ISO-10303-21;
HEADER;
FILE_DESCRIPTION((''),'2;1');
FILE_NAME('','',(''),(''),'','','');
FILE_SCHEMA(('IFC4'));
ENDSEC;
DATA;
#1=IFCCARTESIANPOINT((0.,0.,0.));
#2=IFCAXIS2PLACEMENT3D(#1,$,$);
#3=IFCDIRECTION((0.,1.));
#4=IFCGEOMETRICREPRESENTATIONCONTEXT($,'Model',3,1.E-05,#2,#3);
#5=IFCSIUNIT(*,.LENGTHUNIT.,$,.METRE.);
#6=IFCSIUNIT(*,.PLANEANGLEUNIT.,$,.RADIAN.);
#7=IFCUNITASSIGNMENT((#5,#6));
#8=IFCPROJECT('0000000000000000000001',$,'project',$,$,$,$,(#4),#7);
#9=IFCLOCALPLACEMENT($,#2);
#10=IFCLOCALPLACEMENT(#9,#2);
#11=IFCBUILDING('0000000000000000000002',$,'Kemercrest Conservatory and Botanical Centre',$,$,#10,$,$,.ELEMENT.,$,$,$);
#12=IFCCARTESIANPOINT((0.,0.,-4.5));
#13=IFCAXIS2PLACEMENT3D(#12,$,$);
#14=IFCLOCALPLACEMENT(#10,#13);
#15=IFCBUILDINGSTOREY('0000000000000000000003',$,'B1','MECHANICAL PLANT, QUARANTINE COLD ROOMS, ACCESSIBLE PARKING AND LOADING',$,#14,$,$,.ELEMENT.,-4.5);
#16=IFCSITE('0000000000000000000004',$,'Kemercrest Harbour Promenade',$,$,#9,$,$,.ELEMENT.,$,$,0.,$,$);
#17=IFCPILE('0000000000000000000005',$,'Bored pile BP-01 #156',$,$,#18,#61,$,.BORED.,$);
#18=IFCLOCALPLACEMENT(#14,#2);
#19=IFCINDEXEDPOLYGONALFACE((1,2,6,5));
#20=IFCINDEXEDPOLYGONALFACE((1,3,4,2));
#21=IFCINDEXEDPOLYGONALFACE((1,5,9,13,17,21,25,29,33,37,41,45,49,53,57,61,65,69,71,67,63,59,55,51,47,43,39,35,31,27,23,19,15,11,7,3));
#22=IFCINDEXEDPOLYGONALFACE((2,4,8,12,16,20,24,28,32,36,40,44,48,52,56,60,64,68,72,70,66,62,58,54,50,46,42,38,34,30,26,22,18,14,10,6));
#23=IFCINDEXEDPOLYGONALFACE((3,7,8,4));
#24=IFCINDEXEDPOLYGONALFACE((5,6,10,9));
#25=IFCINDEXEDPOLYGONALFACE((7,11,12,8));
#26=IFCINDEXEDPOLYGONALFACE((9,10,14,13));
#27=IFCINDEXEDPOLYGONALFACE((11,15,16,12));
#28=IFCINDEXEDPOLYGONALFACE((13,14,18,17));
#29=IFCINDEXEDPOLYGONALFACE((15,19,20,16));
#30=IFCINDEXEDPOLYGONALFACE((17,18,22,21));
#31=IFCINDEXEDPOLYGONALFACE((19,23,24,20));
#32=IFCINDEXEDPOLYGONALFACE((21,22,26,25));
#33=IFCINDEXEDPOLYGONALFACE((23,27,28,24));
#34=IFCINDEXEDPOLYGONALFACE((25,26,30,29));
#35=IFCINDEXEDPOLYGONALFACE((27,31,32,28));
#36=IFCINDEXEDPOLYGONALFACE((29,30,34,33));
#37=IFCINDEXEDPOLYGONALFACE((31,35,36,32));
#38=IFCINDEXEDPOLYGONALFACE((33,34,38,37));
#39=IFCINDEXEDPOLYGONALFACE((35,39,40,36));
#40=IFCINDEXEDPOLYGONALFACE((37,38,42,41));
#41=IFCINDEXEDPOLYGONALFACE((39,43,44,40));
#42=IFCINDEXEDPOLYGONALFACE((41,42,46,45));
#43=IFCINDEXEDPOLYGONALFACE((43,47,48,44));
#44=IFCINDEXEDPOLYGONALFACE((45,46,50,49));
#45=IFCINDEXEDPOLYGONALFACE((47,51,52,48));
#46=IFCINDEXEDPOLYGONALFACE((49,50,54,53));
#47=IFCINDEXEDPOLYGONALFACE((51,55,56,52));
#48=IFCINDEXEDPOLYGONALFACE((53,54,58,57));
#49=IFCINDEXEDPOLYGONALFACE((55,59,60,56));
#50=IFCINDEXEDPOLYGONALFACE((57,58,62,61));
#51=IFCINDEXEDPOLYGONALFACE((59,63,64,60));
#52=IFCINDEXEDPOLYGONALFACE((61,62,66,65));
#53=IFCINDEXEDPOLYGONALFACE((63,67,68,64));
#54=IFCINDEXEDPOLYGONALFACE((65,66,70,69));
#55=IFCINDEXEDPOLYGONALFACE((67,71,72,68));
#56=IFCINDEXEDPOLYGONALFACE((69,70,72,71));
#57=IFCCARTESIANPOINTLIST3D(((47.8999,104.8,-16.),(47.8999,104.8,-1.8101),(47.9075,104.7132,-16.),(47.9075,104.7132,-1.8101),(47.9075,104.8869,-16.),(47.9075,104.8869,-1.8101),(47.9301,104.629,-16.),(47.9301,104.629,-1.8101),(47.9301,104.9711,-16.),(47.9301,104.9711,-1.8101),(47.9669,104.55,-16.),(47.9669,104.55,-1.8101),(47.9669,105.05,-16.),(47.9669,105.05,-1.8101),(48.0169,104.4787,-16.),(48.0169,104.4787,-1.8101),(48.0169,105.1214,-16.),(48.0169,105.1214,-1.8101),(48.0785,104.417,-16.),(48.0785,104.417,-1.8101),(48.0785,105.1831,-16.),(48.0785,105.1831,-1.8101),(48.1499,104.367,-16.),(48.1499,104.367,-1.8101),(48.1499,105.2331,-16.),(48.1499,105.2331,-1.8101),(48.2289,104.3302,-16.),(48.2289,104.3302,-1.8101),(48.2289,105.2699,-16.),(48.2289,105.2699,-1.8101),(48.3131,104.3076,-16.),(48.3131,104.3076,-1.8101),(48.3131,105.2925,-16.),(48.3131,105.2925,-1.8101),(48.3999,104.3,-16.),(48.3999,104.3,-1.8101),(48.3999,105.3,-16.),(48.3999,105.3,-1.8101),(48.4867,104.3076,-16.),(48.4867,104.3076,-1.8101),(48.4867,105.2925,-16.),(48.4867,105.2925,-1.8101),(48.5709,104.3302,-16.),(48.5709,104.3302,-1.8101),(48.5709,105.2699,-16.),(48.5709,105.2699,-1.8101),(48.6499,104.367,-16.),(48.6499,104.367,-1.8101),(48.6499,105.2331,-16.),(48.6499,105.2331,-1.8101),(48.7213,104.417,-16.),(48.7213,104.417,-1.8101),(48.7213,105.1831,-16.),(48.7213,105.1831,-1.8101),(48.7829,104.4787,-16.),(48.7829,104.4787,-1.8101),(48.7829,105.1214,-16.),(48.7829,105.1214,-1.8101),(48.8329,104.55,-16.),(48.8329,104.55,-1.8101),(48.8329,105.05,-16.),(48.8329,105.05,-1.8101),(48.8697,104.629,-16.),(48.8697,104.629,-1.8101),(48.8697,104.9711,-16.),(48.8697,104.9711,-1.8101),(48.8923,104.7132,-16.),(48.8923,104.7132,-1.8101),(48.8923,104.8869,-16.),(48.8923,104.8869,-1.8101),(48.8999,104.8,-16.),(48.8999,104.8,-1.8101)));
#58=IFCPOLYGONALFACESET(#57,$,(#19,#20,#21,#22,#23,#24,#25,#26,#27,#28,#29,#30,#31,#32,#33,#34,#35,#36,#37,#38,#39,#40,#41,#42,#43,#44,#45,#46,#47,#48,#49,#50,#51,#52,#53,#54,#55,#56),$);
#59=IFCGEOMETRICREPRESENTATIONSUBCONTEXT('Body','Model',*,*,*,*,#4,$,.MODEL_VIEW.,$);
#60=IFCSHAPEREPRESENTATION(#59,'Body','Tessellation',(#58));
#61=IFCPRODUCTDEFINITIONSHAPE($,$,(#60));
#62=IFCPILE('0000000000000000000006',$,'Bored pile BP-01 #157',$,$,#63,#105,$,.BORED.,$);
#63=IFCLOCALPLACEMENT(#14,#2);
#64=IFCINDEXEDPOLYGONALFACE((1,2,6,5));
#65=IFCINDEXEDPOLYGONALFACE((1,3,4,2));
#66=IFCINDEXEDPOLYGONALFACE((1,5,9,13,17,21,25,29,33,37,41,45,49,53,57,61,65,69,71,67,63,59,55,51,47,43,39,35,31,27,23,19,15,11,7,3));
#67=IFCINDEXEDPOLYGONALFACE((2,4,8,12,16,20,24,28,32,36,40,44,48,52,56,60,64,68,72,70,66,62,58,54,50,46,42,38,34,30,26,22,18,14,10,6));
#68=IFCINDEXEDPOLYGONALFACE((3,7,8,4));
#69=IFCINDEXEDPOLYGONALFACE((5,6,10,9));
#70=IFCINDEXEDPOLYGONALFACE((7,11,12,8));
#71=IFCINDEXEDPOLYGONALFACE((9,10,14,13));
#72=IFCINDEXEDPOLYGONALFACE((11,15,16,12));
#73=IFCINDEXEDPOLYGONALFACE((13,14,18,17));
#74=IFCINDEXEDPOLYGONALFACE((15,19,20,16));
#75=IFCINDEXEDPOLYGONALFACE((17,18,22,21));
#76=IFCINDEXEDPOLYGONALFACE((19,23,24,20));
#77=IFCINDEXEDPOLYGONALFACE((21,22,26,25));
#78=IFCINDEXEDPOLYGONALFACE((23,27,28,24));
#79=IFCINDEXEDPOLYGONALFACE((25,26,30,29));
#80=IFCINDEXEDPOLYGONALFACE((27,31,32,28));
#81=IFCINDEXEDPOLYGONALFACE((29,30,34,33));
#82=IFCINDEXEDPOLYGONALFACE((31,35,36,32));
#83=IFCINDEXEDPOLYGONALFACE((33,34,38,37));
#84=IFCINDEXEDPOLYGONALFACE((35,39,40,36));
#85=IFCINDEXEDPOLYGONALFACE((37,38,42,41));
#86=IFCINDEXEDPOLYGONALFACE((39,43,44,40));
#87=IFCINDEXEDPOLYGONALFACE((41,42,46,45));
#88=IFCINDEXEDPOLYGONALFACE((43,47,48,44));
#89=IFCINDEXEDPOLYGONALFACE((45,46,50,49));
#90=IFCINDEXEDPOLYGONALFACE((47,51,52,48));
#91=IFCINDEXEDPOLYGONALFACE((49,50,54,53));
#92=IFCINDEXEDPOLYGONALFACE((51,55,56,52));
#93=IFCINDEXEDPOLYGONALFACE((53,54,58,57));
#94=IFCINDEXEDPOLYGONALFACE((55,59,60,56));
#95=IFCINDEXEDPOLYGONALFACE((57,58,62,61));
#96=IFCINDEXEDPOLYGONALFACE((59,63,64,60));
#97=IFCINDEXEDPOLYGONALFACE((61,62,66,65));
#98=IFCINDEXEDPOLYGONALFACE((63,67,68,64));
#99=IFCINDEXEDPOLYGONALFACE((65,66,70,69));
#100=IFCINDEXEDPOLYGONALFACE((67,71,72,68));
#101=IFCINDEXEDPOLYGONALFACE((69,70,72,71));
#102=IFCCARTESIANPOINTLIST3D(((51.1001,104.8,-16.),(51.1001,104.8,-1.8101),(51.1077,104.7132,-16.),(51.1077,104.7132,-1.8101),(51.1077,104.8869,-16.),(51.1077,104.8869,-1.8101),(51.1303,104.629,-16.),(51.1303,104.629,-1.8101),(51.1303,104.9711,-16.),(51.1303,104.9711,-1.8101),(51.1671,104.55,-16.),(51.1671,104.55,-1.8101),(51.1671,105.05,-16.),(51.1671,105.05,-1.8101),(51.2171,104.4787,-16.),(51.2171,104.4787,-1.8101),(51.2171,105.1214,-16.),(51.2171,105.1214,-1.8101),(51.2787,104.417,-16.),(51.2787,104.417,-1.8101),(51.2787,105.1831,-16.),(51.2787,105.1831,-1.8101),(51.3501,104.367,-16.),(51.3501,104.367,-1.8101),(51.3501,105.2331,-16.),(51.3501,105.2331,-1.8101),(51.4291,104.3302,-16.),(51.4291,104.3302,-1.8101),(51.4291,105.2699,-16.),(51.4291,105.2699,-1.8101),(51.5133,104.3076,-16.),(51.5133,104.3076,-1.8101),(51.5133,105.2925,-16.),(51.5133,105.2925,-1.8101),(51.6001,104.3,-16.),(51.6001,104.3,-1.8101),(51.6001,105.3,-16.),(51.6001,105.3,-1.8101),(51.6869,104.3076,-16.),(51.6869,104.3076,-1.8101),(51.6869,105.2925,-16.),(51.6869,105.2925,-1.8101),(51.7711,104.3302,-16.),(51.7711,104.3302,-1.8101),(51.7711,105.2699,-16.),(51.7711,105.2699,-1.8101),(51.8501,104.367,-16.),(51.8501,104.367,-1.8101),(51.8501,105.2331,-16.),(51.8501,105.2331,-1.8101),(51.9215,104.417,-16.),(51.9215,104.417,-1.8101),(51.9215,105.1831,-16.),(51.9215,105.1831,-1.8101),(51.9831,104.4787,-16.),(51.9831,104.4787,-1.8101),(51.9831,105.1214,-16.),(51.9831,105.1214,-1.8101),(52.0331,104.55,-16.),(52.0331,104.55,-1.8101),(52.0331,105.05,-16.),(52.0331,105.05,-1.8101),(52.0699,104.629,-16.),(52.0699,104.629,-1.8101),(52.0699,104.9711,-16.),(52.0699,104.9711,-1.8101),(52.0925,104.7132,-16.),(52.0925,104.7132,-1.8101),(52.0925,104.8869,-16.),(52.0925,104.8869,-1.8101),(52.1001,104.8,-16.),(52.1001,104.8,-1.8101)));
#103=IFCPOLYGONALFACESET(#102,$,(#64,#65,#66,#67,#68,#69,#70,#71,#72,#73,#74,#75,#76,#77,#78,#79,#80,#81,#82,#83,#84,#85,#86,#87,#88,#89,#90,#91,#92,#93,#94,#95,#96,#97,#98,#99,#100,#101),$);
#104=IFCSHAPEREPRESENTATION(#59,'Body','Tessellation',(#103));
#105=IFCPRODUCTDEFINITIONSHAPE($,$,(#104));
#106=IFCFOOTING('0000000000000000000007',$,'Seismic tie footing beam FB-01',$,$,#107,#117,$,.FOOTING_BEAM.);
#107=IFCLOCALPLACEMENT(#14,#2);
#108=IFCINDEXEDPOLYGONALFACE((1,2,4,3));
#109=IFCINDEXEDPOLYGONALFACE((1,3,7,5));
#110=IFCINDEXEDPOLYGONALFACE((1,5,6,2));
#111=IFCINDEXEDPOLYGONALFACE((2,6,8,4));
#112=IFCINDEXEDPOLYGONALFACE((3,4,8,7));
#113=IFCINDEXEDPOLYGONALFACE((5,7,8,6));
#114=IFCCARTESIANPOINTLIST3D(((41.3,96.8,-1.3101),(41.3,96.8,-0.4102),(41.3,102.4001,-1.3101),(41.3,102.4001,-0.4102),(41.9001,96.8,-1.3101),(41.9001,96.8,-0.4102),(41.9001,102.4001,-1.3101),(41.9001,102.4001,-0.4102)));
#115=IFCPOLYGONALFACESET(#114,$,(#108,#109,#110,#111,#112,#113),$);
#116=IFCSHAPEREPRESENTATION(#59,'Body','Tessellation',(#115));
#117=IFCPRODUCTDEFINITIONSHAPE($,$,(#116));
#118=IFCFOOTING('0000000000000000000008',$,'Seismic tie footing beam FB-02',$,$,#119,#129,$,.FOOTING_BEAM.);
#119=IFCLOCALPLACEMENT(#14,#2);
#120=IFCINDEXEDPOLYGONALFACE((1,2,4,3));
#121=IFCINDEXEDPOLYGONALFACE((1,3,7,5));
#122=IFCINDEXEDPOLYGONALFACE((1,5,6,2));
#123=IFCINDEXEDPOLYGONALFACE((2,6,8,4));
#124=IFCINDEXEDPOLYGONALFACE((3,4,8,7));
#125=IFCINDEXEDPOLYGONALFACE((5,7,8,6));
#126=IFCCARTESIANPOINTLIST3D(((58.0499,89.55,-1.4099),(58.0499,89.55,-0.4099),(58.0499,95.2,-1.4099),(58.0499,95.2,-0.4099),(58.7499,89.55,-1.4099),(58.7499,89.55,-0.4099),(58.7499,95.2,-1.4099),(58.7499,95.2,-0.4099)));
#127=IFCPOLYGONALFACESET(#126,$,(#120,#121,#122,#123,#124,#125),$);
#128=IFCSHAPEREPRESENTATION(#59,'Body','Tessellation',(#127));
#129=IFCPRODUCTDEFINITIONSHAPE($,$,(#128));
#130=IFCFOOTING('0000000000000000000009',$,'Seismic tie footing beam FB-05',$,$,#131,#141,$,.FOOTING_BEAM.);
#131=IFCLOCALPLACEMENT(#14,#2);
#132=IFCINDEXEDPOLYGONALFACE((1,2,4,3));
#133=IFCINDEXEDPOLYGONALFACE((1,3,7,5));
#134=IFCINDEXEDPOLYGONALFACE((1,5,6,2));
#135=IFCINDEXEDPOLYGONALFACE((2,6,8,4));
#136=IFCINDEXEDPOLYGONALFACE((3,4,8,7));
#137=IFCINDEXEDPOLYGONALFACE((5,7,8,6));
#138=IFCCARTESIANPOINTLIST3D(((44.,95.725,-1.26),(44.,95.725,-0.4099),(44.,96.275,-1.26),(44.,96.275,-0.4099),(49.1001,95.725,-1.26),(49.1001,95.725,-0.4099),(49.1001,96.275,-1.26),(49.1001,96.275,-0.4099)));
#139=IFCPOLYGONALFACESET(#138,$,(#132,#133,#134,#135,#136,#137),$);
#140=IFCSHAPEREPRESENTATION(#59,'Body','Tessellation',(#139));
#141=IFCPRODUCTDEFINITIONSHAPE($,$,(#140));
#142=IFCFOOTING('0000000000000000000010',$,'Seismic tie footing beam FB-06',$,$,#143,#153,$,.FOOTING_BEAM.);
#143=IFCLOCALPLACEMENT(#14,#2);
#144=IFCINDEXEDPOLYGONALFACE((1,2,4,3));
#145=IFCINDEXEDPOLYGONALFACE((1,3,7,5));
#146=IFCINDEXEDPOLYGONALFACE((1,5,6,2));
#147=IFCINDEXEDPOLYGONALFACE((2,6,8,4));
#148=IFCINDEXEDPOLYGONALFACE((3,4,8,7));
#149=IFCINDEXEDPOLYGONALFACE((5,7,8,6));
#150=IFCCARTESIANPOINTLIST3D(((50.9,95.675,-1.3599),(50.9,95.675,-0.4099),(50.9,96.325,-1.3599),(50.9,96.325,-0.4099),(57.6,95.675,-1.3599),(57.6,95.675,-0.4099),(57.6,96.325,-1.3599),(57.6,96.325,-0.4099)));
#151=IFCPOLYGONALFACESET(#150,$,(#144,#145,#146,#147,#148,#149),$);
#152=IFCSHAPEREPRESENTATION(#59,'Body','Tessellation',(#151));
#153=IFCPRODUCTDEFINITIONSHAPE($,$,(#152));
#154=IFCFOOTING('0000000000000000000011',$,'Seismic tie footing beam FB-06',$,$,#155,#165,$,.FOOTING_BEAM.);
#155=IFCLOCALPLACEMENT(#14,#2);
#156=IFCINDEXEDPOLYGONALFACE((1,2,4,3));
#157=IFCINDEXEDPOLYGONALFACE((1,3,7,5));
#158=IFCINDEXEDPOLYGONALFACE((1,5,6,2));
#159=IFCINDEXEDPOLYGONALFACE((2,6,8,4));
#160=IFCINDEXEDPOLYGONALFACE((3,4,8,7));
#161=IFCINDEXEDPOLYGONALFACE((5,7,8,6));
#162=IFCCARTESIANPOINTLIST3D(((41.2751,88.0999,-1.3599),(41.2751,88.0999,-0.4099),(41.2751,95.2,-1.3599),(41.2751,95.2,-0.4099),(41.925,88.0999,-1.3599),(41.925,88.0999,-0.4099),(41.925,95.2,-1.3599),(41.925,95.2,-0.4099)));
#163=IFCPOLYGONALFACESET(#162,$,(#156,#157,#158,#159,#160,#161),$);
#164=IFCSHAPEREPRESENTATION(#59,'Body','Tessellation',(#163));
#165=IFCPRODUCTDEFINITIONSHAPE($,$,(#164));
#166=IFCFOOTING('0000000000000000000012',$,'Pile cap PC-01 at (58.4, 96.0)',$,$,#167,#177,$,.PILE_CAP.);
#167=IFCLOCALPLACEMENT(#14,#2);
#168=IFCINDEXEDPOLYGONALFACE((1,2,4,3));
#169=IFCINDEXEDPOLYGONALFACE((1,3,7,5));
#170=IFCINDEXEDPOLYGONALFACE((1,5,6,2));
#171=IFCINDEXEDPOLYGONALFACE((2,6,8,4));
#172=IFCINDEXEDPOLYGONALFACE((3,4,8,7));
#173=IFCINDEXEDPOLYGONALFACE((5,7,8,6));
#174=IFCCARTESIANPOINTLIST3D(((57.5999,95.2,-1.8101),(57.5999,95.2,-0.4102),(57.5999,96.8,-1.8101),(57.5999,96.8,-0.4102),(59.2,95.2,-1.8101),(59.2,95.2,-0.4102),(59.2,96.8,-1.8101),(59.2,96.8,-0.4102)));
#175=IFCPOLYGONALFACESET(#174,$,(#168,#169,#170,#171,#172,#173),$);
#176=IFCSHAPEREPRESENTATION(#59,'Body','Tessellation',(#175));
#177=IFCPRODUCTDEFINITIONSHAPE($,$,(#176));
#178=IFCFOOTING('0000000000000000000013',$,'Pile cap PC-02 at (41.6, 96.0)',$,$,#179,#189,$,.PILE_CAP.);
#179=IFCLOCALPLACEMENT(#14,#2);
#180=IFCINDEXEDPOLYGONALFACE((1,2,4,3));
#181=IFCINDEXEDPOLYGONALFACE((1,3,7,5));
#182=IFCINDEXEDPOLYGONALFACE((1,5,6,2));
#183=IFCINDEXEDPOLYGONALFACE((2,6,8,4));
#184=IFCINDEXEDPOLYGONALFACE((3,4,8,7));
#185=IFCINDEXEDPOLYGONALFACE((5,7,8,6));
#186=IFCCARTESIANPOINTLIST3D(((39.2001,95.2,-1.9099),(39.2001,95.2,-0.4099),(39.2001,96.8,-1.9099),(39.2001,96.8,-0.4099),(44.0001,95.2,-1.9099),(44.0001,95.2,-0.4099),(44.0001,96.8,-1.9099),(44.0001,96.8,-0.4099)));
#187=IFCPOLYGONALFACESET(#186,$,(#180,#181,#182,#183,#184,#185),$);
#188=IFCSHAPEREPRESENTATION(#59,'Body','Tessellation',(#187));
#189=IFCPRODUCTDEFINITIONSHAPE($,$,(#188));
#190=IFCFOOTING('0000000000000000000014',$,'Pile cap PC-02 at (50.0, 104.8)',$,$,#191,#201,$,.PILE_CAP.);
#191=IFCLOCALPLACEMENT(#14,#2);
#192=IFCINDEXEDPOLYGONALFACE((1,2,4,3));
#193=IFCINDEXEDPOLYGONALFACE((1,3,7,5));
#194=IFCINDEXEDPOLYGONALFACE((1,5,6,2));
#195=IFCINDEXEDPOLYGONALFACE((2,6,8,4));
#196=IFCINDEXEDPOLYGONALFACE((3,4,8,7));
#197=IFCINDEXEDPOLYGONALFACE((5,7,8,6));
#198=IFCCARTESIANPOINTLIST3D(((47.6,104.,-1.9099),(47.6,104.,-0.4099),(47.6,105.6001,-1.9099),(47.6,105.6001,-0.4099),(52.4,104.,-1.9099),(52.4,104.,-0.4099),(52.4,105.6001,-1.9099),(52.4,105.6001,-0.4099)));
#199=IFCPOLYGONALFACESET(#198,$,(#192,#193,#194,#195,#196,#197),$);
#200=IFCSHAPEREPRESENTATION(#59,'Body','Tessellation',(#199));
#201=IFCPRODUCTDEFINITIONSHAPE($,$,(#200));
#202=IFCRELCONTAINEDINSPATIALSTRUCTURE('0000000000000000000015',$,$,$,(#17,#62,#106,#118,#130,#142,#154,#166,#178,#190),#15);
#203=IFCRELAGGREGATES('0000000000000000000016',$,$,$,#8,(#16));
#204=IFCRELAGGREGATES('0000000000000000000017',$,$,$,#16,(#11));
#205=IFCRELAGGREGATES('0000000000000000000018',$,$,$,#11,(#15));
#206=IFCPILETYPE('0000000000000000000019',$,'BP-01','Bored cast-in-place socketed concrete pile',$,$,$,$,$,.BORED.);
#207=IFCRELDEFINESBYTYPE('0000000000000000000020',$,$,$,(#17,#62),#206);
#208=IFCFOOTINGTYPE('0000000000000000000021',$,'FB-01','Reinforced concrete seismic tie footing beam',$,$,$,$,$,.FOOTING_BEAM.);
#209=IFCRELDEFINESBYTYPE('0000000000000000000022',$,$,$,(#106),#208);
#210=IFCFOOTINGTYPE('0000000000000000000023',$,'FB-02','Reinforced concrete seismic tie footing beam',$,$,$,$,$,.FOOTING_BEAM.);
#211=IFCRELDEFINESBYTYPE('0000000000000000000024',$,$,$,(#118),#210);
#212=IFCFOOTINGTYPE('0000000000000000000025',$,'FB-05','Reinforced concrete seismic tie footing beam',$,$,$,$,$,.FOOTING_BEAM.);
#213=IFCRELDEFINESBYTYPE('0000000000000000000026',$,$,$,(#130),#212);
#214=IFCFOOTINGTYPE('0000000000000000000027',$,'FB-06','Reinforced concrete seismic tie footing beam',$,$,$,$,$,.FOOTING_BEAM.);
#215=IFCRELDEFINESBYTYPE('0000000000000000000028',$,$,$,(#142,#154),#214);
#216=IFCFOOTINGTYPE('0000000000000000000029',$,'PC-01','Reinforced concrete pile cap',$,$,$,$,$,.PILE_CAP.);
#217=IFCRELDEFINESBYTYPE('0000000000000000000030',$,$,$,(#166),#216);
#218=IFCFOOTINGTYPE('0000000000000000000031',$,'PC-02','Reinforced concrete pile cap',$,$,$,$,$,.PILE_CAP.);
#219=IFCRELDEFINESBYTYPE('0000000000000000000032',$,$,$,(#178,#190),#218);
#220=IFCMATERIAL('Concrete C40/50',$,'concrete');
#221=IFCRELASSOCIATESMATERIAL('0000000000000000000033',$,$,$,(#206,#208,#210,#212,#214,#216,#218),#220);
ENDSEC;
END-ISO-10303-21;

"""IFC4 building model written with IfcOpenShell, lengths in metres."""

from ifc_helpers import new_model, si_unit, direction, frame, origin, origin_2d, place, context, subcontext, project, spatial, rectangle, circle, extrude, material, material_profile, profile_set, type_object, element, save


model = new_model("IFC4")

# Units and contexts
model_context = context("Model", 3, precision=1e-05, world=origin(), true_north=direction((0.0, 1.0)))
body_context = subcontext(model_context, "Body", "Model", "MODEL_VIEW")
ifc_project = project(units=[si_unit("LENGTHUNIT", "METRE"), si_unit("PLANEANGLEUNIT", "RADIAN")], contexts=[model_context])

# Site, building, storey
site_placement = place(None, origin())
site = spatial("IfcSite", under=ifc_project, at=site_placement, Name="Kemercrest Harbour Promenade", CompositionType="ELEMENT", RefElevation=0.0)
building_placement = place(site_placement, origin())
building = spatial("IfcBuilding", under=site, at=building_placement, Name="Kemercrest Conservatory and Botanical Centre", CompositionType="ELEMENT")
storey_placement = place(building_placement, frame((0.0, 0.0, -4.5)))
storey = spatial("IfcBuildingStorey", under=building, at=storey_placement, Name="B1", Description="MECHANICAL PLANT, QUARANTINE COLD ROOMS, ACCESSIBLE PARKING AND LOADING", CompositionType="ELEMENT", Elevation=-4.5)

# Piles
ifc_material_1 = material(Name="Concrete C40/50", Category="concrete")
ifc_material_profile_1 = material_profile(ifc_material_1, circle(Radius=0.5, at=origin_2d()), Name="BORED PILE 1000")
ifc_profile_set_1 = profile_set([ifc_material_profile_1], Name="Concrete C40/50")
pile_type = type_object("IfcPileType", Name="BP-01", Description="Bored cast-in-place socketed concrete pile", PredefinedType="BORED", material=ifc_profile_set_1)
for number, where, z_axis, x_axis, name in (
    (1, (48.3999, 104.8, -1.8101), (0.0, 0.0, -1.0), (1.0, 0.0, 0.0), "Bored pile BP-01 #156"),
    (2, (51.6001, 104.8, -1.8101), (0.0, 0.0, -1.0), (1.0, 0.0, 0.0), "Bored pile BP-01 #157"),
):
    element("IfcPile", number, at=place(storey_placement, frame(where, z_axis=z_axis, x_axis=x_axis)), inside=storey, type_object=pile_type, Name=name, PredefinedType="BORED", context=body_context, shape_type="SweptSolid", body=[
        extrude(circle(Radius=0.5, at=origin_2d()), origin(), (0.0, 0.0, 1.0), 14.1899),
    ])

# Footings
footing_type_1 = type_object("IfcFootingType", Name="FB-01", Description="Reinforced concrete seismic tie footing beam", PredefinedType="FOOTING_BEAM", material=ifc_material_1)
footing_1_placement = place(storey_placement, frame((41.6001, 99.6001, -1.3101), z_axis=(0.0, 0.0, 1.0), x_axis=(1.0, 0.0, 0.0)))
element("IfcFooting", 3, at=footing_1_placement, inside=storey, type_object=footing_type_1, Name="Seismic tie footing beam FB-01", PredefinedType="FOOTING_BEAM", context=body_context, shape_type="SweptSolid", body=[
    extrude(rectangle(XDim=0.6001, YDim=5.6001, at=origin_2d()), origin(), (0.0, 0.0, 1.0), 0.8999),
])
footing_type_2 = type_object("IfcFootingType", Name="FB-02", Description="Reinforced concrete seismic tie footing beam", PredefinedType="FOOTING_BEAM", material=ifc_material_1)
footing_2_placement = place(storey_placement, frame((58.3999, 92.375, -1.4099), z_axis=(0.0, 0.0, 1.0), x_axis=(1.0, 0.0, 0.0)))
element("IfcFooting", 4, at=footing_2_placement, inside=storey, type_object=footing_type_2, Name="Seismic tie footing beam FB-02", PredefinedType="FOOTING_BEAM", context=body_context, shape_type="SweptSolid", body=[
    extrude(rectangle(XDim=0.7, YDim=5.6499, at=origin_2d()), origin(), (0.0, 0.0, 1.0), 1.0),
])
footing_type_3 = type_object("IfcFootingType", Name="FB-05", Description="Reinforced concrete seismic tie footing beam", PredefinedType="FOOTING_BEAM", material=ifc_material_1)
footing_3_placement = place(storey_placement, frame((46.55, 96.0, -1.26), z_axis=(0.0, 0.0, 1.0), x_axis=(1.0, 0.0, 0.0)))
element("IfcFooting", 5, at=footing_3_placement, inside=storey, type_object=footing_type_3, Name="Seismic tie footing beam FB-05", PredefinedType="FOOTING_BEAM", context=body_context, shape_type="SweptSolid", body=[
    extrude(rectangle(XDim=5.1001, YDim=0.55, at=origin_2d()), origin(), (0.0, 0.0, 1.0), 0.8501),
])
footing_type_4 = type_object("IfcFootingType", Name="FB-06", Description="Reinforced concrete seismic tie footing beam", PredefinedType="FOOTING_BEAM", material=ifc_material_1)
footing_4_placement = place(storey_placement, frame((54.25, 96.0, -1.3599), z_axis=(0.0, 0.0, 1.0), x_axis=(1.0, 0.0, 0.0)))
element("IfcFooting", 6, at=footing_4_placement, inside=storey, type_object=footing_type_4, Name="Seismic tie footing beam FB-06", PredefinedType="FOOTING_BEAM", context=body_context, shape_type="SweptSolid", body=[
    extrude(rectangle(XDim=6.7, YDim=0.6499, at=origin_2d()), origin(), (0.0, 0.0, 1.0), 0.95),
])
footing_5_placement = place(storey_placement, frame((41.6001, 91.6499, -1.3599), z_axis=(0.0, 0.0, 1.0), x_axis=(1.0, 0.0, 0.0)))
element("IfcFooting", 7, at=footing_5_placement, inside=storey, type_object=footing_type_4, Name="Seismic tie footing beam FB-06", PredefinedType="FOOTING_BEAM", context=body_context, shape_type="SweptSolid", body=[
    extrude(rectangle(XDim=0.6499, YDim=7.1001, at=origin_2d()), origin(), (0.0, 0.0, 1.0), 0.95),
])
footing_type_5 = type_object("IfcFootingType", Name="PC-01", Description="Reinforced concrete pile cap", PredefinedType="PILE_CAP", material=ifc_material_1)
footing_6_placement = place(storey_placement, frame((58.3999, 96.0, -1.8101), z_axis=(0.0, 0.0, 1.0), x_axis=(1.0, 0.0, 0.0)))
element("IfcFooting", 8, at=footing_6_placement, inside=storey, type_object=footing_type_5, Name="Pile cap PC-01 at (58.4, 96.0)", PredefinedType="PILE_CAP", context=body_context, shape_type="SweptSolid", body=[
    extrude(rectangle(XDim=1.6001, YDim=1.6001, at=origin_2d()), origin(), (0.0, 0.0, 1.0), 1.3999),
])
footing_type_6 = type_object("IfcFootingType", Name="PC-02", Description="Reinforced concrete pile cap", PredefinedType="PILE_CAP", material=ifc_material_1)
for number, where, z_axis, x_axis, name in (
    (9, (41.6001, 96.0, -1.9099), (0.0, 0.0, 1.0), (1.0, 0.0, 0.0), "Pile cap PC-02 at (41.6, 96.0)"),
    (10, (50.0, 104.8, -1.9099), (0.0, 0.0, 1.0), (1.0, 0.0, 0.0), "Pile cap PC-02 at (50.0, 104.8)"),
):
    element("IfcFooting", number, at=place(storey_placement, frame(where, z_axis=z_axis, x_axis=x_axis)), inside=storey, type_object=footing_type_6, Name=name, PredefinedType="PILE_CAP", context=body_context, shape_type="SweptSolid", body=[
        extrude(rectangle(XDim=4.8, YDim=1.6001, at=origin_2d()), origin(), (0.0, 0.0, 1.0), 1.5),
    ])

save(model, "model.ifc")
